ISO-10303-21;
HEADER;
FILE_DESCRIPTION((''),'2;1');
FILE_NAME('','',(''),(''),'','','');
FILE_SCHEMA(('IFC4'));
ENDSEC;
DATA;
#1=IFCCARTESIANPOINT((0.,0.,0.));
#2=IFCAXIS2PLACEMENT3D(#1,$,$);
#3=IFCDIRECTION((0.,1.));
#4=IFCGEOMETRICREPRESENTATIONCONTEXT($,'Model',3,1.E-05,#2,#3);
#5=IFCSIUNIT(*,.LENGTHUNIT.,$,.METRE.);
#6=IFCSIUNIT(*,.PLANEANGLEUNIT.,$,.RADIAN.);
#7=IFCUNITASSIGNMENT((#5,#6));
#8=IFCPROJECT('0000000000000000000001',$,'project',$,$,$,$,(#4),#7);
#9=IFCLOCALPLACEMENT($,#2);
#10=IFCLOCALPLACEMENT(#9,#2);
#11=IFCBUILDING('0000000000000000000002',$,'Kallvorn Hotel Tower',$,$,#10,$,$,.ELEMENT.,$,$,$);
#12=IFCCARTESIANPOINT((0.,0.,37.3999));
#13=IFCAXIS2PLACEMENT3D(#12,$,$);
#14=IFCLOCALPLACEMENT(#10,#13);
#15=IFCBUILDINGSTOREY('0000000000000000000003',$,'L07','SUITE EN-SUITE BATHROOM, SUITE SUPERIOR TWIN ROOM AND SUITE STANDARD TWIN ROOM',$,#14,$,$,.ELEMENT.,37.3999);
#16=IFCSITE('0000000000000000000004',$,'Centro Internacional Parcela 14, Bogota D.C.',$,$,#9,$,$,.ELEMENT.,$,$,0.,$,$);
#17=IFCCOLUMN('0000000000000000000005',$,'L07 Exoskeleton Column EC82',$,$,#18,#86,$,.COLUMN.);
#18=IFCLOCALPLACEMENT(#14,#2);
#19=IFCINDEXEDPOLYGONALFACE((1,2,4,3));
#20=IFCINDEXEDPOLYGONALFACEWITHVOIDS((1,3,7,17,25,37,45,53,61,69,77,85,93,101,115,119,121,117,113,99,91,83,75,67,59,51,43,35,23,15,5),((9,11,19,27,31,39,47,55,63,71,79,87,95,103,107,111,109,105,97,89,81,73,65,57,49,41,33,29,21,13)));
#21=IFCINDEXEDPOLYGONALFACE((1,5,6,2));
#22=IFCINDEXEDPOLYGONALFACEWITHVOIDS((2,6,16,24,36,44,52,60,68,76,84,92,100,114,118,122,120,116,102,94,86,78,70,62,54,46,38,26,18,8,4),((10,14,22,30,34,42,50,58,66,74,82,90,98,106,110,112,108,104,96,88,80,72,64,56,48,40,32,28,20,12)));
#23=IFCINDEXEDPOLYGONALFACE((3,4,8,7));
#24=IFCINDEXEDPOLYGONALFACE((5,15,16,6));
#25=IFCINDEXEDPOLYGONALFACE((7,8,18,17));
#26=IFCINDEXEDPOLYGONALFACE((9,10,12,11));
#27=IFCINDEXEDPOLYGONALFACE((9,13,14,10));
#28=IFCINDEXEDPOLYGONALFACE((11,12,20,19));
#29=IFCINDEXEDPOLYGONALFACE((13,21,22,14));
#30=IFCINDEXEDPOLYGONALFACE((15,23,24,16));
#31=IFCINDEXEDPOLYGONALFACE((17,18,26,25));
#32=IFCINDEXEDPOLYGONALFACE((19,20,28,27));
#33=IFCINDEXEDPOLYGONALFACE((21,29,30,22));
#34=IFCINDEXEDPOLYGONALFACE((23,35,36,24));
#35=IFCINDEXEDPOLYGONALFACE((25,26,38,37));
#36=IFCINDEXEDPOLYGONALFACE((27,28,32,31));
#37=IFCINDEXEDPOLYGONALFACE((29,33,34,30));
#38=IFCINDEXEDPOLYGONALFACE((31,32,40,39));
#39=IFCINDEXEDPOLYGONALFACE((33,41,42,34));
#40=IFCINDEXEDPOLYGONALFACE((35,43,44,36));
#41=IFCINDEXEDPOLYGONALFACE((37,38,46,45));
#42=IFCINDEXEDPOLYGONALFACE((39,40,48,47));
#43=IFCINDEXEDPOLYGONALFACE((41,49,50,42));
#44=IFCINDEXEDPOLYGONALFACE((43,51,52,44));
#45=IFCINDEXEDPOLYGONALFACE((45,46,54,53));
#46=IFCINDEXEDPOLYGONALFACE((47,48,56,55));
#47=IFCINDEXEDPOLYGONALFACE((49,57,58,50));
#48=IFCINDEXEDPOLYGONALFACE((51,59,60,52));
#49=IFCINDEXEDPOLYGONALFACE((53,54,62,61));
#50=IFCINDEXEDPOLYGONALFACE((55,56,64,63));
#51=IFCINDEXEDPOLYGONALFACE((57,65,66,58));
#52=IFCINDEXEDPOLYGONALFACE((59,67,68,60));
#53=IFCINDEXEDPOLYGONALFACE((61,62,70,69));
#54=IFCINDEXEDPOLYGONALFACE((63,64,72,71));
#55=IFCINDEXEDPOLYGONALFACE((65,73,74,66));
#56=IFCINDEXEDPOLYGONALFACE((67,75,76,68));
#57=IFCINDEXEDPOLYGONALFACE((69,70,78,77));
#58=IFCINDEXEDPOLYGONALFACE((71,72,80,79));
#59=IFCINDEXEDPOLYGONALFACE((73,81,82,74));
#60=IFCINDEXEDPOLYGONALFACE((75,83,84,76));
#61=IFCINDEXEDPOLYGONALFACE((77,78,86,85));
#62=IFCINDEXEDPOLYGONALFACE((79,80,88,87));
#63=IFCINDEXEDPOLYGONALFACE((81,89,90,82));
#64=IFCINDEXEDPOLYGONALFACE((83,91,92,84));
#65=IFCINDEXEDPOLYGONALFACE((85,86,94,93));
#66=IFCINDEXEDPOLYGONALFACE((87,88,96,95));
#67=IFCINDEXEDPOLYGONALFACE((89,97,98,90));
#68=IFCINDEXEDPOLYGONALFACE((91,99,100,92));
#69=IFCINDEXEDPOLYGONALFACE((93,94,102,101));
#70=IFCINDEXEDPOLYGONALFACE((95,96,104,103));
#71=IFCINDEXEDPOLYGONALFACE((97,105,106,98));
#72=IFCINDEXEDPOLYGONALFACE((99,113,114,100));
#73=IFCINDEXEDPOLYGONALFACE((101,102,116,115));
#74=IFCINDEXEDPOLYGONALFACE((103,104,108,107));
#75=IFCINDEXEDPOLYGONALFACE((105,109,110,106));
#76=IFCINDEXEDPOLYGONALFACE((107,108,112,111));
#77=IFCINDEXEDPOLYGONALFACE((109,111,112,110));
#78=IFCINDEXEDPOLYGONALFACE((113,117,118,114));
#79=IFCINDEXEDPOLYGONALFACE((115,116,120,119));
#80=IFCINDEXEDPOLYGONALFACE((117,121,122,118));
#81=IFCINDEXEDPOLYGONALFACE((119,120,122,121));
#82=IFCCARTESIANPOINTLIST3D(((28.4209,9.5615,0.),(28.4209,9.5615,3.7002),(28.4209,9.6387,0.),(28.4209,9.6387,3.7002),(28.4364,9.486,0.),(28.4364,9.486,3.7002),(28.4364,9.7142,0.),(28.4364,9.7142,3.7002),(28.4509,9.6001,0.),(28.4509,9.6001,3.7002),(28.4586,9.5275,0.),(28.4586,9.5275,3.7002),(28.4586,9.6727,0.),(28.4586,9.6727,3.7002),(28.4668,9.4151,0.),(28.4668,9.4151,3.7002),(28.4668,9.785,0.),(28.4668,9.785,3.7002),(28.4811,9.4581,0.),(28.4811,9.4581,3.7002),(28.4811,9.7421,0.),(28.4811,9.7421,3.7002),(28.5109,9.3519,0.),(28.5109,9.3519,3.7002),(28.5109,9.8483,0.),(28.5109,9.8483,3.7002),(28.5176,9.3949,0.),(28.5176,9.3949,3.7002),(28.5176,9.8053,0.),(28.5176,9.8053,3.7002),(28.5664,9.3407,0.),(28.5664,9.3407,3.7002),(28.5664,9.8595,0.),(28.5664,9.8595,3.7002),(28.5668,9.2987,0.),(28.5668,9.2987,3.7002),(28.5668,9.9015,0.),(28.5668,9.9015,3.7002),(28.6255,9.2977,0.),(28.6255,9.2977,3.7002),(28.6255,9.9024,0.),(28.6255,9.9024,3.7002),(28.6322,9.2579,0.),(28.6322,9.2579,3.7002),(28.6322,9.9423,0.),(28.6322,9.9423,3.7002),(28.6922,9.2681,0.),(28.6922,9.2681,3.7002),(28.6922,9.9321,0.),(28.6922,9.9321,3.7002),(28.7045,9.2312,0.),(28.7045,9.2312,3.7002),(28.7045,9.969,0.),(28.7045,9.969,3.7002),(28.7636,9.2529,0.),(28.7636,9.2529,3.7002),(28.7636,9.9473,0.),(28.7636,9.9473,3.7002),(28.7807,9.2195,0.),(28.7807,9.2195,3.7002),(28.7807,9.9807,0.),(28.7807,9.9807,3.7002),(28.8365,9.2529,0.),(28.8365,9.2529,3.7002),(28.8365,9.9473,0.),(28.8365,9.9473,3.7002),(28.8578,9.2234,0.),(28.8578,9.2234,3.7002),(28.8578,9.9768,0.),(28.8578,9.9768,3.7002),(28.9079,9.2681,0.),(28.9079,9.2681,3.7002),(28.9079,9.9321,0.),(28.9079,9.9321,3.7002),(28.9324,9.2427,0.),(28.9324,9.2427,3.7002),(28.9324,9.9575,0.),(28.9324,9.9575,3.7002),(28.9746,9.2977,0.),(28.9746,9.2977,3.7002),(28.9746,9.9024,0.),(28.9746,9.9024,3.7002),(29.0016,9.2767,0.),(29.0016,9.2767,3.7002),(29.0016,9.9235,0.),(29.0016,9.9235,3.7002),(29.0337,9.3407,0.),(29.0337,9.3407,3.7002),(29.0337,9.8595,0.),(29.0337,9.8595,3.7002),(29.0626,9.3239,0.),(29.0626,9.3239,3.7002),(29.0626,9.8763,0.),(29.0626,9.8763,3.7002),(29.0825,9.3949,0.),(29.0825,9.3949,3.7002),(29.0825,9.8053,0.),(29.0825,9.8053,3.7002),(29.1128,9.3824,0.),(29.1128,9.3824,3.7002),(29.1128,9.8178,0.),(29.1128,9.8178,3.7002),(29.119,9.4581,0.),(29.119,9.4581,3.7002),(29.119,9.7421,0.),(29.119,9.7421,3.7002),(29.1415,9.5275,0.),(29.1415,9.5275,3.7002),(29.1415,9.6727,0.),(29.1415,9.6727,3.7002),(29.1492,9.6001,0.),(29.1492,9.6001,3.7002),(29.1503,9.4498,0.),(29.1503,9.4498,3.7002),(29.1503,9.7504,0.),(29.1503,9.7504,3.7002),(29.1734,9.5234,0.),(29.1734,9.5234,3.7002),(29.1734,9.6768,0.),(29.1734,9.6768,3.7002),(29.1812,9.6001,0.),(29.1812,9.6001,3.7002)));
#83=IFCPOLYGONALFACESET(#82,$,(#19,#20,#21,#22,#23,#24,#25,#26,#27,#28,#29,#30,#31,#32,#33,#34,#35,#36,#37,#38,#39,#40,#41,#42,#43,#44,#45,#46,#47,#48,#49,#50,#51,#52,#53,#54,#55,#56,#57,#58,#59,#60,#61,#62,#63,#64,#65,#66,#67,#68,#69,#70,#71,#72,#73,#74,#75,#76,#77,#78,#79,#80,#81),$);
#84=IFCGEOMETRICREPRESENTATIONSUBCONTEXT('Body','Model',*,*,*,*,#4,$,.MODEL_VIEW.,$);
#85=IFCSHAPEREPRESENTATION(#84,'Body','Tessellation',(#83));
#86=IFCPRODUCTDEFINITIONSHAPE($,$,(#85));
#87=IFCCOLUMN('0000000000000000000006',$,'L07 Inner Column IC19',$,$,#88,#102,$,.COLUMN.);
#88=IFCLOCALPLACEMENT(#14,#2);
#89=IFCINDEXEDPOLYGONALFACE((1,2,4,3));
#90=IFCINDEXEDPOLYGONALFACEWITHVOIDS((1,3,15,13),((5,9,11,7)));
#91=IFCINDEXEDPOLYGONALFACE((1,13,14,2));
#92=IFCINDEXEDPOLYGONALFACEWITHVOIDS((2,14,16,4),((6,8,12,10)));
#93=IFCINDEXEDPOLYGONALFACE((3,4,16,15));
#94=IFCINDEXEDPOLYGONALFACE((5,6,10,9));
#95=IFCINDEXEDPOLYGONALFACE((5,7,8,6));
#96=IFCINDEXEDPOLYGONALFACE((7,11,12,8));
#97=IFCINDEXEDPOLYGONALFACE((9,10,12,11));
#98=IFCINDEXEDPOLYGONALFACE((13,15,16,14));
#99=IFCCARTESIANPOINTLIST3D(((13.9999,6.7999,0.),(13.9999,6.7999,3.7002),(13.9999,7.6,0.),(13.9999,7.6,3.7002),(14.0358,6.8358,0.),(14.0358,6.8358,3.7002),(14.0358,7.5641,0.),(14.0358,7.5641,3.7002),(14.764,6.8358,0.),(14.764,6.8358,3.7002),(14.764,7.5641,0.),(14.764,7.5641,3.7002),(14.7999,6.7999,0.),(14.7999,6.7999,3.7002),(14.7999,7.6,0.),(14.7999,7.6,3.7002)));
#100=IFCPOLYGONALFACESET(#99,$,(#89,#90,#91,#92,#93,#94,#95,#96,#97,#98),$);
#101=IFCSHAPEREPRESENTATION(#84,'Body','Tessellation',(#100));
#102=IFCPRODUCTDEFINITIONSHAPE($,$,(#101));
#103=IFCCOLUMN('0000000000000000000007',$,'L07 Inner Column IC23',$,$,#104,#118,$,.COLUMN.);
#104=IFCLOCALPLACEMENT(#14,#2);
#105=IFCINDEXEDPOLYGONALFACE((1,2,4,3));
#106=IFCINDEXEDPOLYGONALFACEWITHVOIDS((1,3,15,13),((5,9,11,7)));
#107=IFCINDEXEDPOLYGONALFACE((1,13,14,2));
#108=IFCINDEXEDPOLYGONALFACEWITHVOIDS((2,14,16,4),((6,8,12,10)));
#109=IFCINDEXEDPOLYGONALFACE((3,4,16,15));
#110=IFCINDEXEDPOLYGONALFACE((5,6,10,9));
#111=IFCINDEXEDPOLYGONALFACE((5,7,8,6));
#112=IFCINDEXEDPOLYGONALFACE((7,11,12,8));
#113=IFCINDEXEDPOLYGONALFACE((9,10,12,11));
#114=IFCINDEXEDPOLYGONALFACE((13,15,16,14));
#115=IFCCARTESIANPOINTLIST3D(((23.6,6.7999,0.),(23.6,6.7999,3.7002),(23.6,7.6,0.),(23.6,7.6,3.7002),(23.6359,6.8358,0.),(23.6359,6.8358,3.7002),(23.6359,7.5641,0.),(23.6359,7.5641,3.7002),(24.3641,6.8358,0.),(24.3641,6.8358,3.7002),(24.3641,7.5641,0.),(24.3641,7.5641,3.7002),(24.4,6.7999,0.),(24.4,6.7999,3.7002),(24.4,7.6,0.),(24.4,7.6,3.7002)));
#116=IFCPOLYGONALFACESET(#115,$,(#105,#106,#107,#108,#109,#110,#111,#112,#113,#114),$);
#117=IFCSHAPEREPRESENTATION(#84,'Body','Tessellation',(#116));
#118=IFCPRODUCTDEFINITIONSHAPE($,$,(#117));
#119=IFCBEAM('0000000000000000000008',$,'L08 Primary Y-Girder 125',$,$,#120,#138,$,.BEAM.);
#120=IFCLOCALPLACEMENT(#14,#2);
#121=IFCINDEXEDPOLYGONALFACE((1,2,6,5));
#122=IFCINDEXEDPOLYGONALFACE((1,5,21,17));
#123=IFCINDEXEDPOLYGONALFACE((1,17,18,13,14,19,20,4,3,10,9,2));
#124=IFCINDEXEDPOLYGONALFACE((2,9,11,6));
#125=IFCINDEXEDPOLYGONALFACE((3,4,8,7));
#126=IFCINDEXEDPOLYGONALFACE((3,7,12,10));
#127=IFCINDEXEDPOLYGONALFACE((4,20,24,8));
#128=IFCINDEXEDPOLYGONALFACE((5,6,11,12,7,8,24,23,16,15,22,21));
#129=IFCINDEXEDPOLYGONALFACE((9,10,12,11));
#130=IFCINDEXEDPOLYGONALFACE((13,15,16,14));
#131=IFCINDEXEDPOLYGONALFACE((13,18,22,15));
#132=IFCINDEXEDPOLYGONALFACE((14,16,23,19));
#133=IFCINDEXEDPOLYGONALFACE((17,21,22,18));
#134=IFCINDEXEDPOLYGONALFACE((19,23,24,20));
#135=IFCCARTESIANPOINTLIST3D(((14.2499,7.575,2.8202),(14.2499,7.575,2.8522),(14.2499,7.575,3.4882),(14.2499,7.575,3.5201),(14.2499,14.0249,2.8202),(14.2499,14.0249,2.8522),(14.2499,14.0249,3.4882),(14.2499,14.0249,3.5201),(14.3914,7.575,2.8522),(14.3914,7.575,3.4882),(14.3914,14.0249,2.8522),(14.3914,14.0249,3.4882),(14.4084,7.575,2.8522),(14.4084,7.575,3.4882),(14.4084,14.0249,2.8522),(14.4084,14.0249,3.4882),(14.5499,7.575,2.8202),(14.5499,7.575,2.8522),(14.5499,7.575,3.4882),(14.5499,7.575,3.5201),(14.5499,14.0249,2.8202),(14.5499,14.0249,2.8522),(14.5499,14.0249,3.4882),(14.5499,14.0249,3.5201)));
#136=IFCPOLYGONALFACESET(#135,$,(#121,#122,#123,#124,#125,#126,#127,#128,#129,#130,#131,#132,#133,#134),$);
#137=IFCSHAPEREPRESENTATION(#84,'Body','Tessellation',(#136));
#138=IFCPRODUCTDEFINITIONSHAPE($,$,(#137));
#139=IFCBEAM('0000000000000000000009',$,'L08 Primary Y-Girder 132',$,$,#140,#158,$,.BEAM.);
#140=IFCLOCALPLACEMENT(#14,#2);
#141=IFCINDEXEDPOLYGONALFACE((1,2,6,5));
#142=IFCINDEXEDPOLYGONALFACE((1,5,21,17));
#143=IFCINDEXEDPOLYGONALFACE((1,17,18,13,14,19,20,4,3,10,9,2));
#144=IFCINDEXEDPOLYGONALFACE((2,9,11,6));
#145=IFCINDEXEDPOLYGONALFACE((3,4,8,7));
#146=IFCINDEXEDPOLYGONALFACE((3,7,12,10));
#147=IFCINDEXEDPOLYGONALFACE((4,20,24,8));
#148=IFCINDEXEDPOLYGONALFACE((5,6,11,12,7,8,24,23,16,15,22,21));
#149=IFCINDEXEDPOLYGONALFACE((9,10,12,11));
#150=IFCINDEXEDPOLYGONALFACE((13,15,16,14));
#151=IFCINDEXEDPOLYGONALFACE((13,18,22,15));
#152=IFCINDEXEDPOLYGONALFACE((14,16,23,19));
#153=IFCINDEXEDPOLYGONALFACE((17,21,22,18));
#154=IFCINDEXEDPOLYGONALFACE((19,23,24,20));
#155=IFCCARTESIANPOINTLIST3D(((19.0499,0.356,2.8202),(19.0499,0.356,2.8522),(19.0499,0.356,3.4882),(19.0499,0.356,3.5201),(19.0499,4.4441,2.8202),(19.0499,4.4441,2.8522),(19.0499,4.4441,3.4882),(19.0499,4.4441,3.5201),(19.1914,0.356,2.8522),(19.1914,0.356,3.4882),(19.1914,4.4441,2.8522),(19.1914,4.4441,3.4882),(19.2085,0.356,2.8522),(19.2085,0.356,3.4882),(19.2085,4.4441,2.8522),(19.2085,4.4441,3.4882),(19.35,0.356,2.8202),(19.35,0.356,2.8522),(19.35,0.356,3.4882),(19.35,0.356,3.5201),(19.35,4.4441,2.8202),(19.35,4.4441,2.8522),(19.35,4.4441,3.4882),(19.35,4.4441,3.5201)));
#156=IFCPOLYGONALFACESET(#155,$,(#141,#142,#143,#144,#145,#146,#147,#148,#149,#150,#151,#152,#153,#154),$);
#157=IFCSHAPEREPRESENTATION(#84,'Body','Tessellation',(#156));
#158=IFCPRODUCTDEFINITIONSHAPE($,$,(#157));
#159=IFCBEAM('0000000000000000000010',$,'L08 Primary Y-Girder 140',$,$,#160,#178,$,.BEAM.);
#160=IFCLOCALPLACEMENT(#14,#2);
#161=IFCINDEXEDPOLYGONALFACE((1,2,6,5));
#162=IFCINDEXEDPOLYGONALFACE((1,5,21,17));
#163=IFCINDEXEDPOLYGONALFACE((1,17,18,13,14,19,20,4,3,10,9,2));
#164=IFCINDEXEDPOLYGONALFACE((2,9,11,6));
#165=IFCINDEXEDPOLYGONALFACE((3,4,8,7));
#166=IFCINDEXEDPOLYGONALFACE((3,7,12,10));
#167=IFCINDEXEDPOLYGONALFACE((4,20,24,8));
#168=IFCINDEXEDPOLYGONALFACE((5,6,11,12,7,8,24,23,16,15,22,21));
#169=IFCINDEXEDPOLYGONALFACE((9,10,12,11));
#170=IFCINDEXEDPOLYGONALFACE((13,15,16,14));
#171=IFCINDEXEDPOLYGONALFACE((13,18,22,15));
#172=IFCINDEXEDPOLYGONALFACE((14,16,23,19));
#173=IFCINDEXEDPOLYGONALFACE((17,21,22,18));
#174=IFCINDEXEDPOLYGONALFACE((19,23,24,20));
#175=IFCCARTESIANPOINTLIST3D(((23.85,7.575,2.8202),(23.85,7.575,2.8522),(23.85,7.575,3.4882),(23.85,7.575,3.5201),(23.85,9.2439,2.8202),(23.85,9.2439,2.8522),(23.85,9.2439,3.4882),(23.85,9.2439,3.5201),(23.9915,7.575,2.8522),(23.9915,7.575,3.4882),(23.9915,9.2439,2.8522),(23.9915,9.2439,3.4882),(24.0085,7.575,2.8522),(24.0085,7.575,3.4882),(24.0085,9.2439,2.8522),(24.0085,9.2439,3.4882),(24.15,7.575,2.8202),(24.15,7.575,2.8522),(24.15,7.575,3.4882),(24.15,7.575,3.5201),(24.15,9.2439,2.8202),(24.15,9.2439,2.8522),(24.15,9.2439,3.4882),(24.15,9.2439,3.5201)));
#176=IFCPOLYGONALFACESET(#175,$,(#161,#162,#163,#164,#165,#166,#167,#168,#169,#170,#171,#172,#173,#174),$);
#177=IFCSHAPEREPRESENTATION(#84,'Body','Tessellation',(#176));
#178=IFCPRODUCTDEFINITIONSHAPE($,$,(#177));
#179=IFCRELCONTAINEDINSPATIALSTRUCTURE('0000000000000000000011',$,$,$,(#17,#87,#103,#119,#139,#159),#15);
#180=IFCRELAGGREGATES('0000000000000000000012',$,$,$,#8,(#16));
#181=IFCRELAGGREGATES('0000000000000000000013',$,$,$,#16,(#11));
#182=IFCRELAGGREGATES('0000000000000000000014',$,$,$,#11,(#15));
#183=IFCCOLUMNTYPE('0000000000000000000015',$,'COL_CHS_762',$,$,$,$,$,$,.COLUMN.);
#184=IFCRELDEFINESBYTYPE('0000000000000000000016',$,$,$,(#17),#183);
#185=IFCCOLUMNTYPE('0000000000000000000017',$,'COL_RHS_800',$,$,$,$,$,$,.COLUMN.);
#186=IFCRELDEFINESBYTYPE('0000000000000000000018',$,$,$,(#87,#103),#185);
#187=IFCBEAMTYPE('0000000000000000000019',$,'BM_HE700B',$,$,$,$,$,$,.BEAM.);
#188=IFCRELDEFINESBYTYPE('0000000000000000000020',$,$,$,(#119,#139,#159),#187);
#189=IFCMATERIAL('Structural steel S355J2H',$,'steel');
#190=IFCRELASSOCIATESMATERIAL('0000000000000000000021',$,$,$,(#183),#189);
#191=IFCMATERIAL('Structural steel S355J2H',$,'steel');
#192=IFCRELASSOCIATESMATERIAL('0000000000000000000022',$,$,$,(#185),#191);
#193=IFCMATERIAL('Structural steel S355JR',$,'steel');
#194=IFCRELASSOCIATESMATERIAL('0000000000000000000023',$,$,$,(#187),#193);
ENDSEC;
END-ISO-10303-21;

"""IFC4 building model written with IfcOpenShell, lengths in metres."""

from ifc_helpers import new_model, si_unit, direction, frame, origin, origin_2d, place, context, subcontext, project, spatial, hollow_rectangle, hollow_circle, i_section, extrude, material, material_profile, profile_set, type_object, element, save


model = new_model("IFC4")

# Units and contexts
model_context = context("Model", 3, precision=1e-05, world=origin(), true_north=direction((0.0, 1.0)))
body_context = subcontext(model_context, "Body", "Model", "MODEL_VIEW")
ifc_project = project(units=[si_unit("LENGTHUNIT", "METRE"), si_unit("PLANEANGLEUNIT", "RADIAN")], contexts=[model_context])

# Site, building, storey
site_placement = place(None, origin())
site = spatial("IfcSite", under=ifc_project, at=site_placement, Name="Centro Internacional Parcela 14, Bogota D.C.", CompositionType="ELEMENT", RefElevation=0.0)
building_placement = place(site_placement, origin())
building = spatial("IfcBuilding", under=site, at=building_placement, Name="Kallvorn Hotel Tower", CompositionType="ELEMENT")
storey_placement = place(building_placement, frame((0.0, 0.0, 37.3999)))
storey = spatial("IfcBuildingStorey", under=building, at=storey_placement, Name="L07", Description="SUITE EN-SUITE BATHROOM, SUITE SUPERIOR TWIN ROOM AND SUITE STANDARD TWIN ROOM", CompositionType="ELEMENT", Elevation=37.3999)

# Columns
ifc_material_1 = material(Name="Structural steel S355J2H", Category="steel")
ifc_material_profile_1 = material_profile(ifc_material_1, hollow_circle(Radius=0.3811, WallThickness=0.032, at=origin_2d()), Name="CHS 762x32")
ifc_profile_set_1 = profile_set([ifc_material_profile_1], Name="Structural steel S355J2H")
column_type_1 = type_object("IfcColumnType", Name="COL_CHS_762", PredefinedType="COLUMN", material=ifc_profile_set_1)
for number, where, z_axis, x_axis, name in (
    (1, (28.8, 9.6001, 0.0), (0.0, 0.0, 1.0), (1.0, 0.0, 0.0), "L07 Exoskeleton Column EC82"),
):
    element("IfcColumn", number, at=place(storey_placement, frame(where, z_axis=z_axis, x_axis=x_axis)), inside=storey, type_object=column_type_1, Name=name, PredefinedType="COLUMN", context=body_context, shape_type="SweptSolid", body=[
        extrude(hollow_circle(Radius=0.3811, WallThickness=0.032, at=origin_2d()), origin(), (0.0, 0.0, 1.0), 3.7002),
    ])
ifc_material_2 = material(Name="Structural steel S355J2H", Category="steel")
ifc_material_profile_2 = material_profile(ifc_material_2, hollow_rectangle(XDim=0.8, YDim=0.8, WallThickness=0.0359, at=origin_2d()), Name="RHS 800x800x36")
ifc_profile_set_2 = profile_set([ifc_material_profile_2], Name="Structural steel S355J2H")
column_type_2 = type_object("IfcColumnType", Name="COL_RHS_800", PredefinedType="COLUMN", material=ifc_profile_set_2)
for number, where, z_axis, x_axis, name in (
    (2, (14.3999, 7.2, 0.0), (0.0, 0.0, 1.0), (1.0, 0.0, 0.0), "L07 Inner Column IC19"),
    (3, (24.0, 7.2, 0.0), (0.0, 0.0, 1.0), (1.0, 0.0, 0.0), "L07 Inner Column IC23"),
):
    element("IfcColumn", number, at=place(storey_placement, frame(where, z_axis=z_axis, x_axis=x_axis)), inside=storey, type_object=column_type_2, Name=name, PredefinedType="COLUMN", context=body_context, shape_type="SweptSolid", body=[
        extrude(hollow_rectangle(XDim=0.8, YDim=0.8, WallThickness=0.0359, at=origin_2d()), origin(), (0.0, 0.0, 1.0), 3.7002),
    ])

# Beams
ifc_material_3 = material(Name="Structural steel S355JR", Category="steel")
ifc_material_profile_3 = material_profile(ifc_material_3, i_section(OverallWidth=0.3, OverallDepth=0.7, WebThickness=0.0171, FlangeThickness=0.032, at=origin_2d()), Name="HE 700 B")
ifc_profile_set_3 = profile_set([ifc_material_profile_3], Name="Structural steel S355JR")
beam_type_1 = type_object("IfcBeamType", Name="BM_HE700B", PredefinedType="BEAM", material=ifc_profile_set_3)
beam_1_placement = place(storey_placement, frame((14.3999, 7.575, 3.1702), z_axis=(0.0, 1.0, 0.0), x_axis=(-1.0, 0.0, 0.0)))
element("IfcBeam", 4, at=beam_1_placement, inside=storey, type_object=beam_type_1, Name="L08 Primary Y-Girder 125", PredefinedType="BEAM", context=body_context, shape_type="SweptSolid", body=[
    extrude(i_section(OverallWidth=0.3, OverallDepth=0.7, WebThickness=0.0171, FlangeThickness=0.032, at=origin_2d()), origin(), (0.0, 0.0, 1.0), 6.45),
])
beam_2_placement = place(storey_placement, frame((19.2, 0.356, 3.1702), z_axis=(0.0, 1.0, 0.0), x_axis=(-1.0, 0.0, 0.0)))
element("IfcBeam", 5, at=beam_2_placement, inside=storey, type_object=beam_type_1, Name="L08 Primary Y-Girder 132", PredefinedType="BEAM", context=body_context, shape_type="SweptSolid", body=[
    extrude(i_section(OverallWidth=0.3, OverallDepth=0.7, WebThickness=0.0171, FlangeThickness=0.032, at=origin_2d()), origin(), (0.0, 0.0, 1.0), 4.0881),
])
beam_3_placement = place(storey_placement, frame((24.0, 7.575, 3.1702), z_axis=(0.0, 1.0, 0.0), x_axis=(-1.0, 0.0, 0.0)))
element("IfcBeam", 6, at=beam_3_placement, inside=storey, type_object=beam_type_1, Name="L08 Primary Y-Girder 140", PredefinedType="BEAM", context=body_context, shape_type="SweptSolid", body=[
    extrude(i_section(OverallWidth=0.3, OverallDepth=0.7, WebThickness=0.0171, FlangeThickness=0.032, at=origin_2d()), origin(), (0.0, 0.0, 1.0), 1.6689),
])

save(model, "model.ifc")
